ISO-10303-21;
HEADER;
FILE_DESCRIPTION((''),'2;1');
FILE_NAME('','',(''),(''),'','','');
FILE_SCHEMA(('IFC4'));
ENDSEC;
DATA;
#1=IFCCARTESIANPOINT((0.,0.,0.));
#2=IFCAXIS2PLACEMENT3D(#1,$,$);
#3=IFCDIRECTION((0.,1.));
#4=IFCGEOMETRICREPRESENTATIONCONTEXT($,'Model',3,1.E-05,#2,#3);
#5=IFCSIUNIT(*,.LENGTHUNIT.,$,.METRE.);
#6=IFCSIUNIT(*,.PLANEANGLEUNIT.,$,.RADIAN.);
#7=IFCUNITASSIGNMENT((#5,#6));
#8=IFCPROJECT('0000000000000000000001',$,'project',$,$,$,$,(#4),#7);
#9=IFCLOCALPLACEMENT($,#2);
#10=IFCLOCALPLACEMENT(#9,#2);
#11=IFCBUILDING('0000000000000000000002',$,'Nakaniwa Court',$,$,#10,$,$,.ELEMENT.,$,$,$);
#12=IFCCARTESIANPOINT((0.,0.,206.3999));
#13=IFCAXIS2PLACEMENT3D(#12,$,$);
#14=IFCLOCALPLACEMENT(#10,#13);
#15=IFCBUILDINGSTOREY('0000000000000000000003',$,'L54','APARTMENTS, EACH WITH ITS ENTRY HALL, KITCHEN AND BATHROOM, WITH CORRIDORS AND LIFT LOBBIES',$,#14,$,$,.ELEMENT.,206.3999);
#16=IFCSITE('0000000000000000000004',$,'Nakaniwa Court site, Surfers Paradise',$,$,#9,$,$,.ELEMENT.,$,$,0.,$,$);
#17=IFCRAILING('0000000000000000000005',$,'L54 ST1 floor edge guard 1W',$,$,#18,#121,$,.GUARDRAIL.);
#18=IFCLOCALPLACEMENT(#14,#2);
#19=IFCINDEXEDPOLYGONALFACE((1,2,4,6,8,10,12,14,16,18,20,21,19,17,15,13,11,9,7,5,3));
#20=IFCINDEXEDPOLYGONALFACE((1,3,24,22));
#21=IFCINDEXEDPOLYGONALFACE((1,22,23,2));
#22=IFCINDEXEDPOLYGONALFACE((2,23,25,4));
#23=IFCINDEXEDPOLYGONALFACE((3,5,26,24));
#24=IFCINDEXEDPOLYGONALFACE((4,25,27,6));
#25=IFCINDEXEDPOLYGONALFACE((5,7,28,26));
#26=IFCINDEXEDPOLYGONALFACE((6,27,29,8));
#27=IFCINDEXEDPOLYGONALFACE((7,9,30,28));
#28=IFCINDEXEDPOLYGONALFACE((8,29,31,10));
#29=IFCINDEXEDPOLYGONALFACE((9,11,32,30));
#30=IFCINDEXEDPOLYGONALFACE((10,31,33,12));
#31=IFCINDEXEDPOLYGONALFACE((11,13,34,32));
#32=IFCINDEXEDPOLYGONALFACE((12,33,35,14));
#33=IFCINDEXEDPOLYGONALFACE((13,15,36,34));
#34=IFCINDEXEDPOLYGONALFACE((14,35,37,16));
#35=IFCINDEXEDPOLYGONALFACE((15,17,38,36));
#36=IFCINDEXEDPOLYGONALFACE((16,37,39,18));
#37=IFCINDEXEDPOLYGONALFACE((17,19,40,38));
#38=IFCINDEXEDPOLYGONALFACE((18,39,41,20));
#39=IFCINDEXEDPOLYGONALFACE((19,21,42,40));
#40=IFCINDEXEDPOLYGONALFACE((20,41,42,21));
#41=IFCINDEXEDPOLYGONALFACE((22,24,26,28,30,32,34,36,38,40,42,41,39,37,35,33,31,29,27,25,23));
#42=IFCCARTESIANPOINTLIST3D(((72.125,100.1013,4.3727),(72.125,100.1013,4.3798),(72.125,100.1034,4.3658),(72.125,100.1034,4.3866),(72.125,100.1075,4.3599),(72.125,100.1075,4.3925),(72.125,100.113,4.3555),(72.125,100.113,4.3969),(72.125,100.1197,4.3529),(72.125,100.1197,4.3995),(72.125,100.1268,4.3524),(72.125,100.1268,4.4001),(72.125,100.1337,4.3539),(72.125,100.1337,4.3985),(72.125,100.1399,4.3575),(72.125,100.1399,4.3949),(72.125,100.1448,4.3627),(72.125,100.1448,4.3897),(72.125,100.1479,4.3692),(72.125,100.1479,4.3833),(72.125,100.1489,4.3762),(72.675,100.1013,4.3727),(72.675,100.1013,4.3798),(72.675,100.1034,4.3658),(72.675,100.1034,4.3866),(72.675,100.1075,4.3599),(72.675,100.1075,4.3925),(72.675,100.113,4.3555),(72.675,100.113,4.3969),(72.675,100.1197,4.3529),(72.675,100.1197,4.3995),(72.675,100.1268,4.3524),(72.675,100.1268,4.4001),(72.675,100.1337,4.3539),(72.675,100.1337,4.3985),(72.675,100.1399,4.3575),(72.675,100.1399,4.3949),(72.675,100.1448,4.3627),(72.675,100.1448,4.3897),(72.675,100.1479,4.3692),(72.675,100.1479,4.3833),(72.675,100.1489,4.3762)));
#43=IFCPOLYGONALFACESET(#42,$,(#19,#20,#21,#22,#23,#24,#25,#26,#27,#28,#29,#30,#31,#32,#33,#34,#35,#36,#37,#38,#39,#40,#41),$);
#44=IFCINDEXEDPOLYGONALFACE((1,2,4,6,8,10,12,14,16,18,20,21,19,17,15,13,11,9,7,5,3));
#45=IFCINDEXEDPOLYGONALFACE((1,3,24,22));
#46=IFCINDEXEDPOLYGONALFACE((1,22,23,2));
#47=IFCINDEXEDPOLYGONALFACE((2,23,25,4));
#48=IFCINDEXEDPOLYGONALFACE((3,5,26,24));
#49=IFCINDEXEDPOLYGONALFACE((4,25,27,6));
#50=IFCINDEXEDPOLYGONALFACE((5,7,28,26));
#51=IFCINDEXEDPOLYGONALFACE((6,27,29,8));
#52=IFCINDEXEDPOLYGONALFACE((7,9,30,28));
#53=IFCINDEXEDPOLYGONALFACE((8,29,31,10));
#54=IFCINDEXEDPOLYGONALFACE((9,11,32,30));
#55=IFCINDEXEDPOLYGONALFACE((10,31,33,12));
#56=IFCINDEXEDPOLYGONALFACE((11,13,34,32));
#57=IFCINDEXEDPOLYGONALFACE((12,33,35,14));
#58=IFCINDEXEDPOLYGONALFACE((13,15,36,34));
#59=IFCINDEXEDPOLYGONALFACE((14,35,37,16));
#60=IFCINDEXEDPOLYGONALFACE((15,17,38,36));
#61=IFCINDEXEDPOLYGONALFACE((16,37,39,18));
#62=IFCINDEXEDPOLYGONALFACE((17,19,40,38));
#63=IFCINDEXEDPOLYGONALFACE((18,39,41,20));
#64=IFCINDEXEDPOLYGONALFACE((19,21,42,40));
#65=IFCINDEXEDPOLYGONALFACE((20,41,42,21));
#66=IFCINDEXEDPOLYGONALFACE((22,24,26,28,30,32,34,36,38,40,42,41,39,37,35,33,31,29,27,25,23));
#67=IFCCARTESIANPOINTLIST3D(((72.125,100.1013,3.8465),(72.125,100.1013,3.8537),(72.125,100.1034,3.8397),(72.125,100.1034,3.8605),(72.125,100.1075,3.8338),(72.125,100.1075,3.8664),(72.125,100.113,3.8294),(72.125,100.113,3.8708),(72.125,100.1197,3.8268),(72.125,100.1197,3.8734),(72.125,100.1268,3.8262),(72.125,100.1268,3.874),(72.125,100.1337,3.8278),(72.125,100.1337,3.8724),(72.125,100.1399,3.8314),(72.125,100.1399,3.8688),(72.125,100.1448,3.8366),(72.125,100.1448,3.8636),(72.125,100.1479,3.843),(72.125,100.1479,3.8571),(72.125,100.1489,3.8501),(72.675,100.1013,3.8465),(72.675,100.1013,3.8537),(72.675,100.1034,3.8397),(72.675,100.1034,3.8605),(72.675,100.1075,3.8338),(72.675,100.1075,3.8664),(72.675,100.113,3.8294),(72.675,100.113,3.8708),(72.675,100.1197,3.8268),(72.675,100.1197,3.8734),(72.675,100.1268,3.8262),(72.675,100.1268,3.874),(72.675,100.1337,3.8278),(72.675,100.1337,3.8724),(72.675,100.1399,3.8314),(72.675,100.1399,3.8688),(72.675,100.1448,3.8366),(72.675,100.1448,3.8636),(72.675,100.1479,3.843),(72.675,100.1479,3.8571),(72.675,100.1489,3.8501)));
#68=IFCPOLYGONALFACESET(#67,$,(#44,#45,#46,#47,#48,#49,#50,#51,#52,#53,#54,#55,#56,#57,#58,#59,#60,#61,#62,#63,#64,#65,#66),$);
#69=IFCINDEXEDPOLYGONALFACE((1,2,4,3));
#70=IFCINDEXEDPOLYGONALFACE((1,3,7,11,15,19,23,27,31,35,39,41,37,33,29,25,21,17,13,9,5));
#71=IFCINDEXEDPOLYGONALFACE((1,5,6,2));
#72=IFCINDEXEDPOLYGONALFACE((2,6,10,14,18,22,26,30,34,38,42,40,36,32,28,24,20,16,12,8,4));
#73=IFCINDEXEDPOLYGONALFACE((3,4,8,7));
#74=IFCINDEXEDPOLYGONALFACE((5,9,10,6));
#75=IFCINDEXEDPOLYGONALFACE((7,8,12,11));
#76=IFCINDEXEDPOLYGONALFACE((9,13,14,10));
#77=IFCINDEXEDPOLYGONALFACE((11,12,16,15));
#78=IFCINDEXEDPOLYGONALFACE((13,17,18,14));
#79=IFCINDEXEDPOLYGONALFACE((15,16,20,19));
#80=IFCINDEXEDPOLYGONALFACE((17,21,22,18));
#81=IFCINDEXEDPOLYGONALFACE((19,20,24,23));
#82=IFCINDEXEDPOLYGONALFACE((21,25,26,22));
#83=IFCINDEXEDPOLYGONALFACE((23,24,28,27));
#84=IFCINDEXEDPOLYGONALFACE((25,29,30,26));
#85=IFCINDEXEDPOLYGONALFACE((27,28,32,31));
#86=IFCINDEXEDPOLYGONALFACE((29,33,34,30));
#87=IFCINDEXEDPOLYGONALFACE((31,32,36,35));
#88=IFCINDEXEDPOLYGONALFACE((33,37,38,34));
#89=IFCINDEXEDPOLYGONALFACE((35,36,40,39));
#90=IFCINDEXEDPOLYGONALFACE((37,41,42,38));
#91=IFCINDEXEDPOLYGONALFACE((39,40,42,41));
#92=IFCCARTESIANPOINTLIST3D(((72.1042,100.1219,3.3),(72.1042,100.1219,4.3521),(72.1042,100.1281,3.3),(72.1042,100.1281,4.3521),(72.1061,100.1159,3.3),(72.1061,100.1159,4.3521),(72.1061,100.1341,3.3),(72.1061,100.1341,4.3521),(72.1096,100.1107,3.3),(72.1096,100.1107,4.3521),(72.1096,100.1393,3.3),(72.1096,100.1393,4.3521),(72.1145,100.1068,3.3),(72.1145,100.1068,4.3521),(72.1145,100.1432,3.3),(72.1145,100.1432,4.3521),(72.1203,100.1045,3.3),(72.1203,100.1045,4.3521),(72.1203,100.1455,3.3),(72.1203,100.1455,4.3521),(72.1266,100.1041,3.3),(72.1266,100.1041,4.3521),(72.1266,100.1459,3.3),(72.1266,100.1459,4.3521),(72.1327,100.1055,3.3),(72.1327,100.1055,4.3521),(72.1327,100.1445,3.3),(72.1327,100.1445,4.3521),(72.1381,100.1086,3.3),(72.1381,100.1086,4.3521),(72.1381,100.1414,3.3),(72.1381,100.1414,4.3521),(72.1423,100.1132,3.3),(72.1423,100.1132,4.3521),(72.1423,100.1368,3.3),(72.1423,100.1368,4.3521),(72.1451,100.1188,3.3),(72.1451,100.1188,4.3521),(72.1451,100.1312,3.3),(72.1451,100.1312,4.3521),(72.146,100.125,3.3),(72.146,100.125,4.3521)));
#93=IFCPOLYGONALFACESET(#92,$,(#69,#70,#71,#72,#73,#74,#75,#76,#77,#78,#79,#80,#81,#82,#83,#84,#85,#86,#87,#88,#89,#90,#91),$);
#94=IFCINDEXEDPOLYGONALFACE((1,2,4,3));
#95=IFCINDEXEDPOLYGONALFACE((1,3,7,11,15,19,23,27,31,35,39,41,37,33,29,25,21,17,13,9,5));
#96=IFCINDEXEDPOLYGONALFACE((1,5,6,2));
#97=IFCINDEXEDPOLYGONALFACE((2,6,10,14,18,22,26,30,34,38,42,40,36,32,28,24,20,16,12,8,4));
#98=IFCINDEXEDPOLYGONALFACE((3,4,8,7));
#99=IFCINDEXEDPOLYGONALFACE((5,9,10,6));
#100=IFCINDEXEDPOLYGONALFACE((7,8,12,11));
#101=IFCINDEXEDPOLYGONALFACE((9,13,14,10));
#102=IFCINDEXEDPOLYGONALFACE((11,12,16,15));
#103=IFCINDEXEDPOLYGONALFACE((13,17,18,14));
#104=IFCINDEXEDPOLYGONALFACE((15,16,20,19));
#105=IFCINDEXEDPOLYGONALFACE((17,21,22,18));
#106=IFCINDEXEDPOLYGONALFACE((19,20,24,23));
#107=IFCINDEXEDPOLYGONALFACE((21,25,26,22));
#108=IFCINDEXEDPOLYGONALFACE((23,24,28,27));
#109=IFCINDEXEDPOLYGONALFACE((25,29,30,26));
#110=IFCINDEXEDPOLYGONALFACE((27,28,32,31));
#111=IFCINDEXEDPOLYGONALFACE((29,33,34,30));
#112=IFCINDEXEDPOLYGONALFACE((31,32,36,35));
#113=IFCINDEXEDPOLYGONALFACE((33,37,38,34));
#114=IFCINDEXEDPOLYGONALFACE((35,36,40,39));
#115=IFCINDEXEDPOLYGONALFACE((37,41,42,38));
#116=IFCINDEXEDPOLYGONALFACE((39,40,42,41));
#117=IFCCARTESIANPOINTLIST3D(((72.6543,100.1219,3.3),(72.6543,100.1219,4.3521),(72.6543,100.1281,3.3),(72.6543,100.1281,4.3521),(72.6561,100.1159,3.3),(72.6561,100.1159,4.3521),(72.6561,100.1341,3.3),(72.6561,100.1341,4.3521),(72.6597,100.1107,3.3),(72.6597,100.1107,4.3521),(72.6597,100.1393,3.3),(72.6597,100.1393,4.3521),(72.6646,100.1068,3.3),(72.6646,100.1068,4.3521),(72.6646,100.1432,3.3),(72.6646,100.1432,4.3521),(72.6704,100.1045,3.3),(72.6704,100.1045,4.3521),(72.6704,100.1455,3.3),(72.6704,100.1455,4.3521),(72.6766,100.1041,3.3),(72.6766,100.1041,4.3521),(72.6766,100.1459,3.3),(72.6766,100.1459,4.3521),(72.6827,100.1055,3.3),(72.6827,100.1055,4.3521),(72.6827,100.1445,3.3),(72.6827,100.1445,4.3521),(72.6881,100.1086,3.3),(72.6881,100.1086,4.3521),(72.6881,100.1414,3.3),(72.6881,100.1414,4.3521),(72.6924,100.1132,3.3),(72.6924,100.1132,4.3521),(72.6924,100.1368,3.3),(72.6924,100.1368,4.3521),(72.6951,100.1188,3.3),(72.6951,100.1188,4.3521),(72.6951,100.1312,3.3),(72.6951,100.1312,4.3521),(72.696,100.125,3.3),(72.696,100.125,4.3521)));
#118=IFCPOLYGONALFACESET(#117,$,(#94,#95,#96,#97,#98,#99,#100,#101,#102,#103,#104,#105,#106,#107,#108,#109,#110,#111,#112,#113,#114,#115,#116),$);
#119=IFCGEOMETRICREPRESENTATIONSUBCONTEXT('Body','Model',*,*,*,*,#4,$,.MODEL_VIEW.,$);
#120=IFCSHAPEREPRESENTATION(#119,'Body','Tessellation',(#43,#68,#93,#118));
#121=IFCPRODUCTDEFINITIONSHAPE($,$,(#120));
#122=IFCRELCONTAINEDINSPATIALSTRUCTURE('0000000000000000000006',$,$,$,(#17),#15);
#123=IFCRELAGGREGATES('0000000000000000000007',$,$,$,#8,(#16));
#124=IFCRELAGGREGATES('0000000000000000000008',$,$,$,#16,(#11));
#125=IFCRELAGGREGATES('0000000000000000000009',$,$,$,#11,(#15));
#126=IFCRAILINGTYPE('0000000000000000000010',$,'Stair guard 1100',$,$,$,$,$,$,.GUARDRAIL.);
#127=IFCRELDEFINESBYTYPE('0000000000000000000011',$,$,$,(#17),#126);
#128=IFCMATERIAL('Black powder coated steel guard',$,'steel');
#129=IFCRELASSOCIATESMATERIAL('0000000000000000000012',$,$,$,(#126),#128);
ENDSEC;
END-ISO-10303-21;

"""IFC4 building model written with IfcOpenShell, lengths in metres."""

from ifc_helpers import new_model, si_unit, direction, frame, origin, origin_2d, place, context, subcontext, project, spatial, circle, extrude, material, type_object, element, save


model = new_model("IFC4")

# Units and contexts
model_context = context("Model", 3, precision=1e-05, world=origin(), true_north=direction((0.0, 1.0)))
body_context = subcontext(model_context, "Body", "Model", "MODEL_VIEW")
ifc_project = project(units=[si_unit("LENGTHUNIT", "METRE"), si_unit("PLANEANGLEUNIT", "RADIAN")], contexts=[model_context])

# Site, building, storey
site_placement = place(None, origin())
site = spatial("IfcSite", under=ifc_project, at=site_placement, Name="Nakaniwa Court site, Surfers Paradise", CompositionType="ELEMENT", RefElevation=0.0)
building_placement = place(site_placement, origin())
building = spatial("IfcBuilding", under=site, at=building_placement, Name="Nakaniwa Court", CompositionType="ELEMENT")
storey_placement = place(building_placement, frame((0.0, 0.0, 206.3999)))
storey = spatial("IfcBuildingStorey", under=building, at=storey_placement, Name="L54", Description="APARTMENTS, EACH WITH ITS ENTRY HALL, KITCHEN AND BATHROOM, WITH CORRIDORS AND LIFT LOBBIES", CompositionType="ELEMENT", Elevation=206.3999)

# Railing
ifc_material_1 = material(Name="Black powder coated steel guard", Category="steel")
railing_type_1 = type_object("IfcRailingType", Name="Stair guard 1100", PredefinedType="GUARDRAIL", material=ifc_material_1)
for number, where, name in (
    (1, (72.125, 100.125, 3.3), "L54 ST1 floor edge guard 1W"),
):
    element("IfcRailing", number, at=place(storey_placement, frame(where)), inside=storey, type_object=railing_type_1, Name=name, PredefinedType="GUARDRAIL", context=body_context, shape_type="SweptSolid", body=[
        extrude(circle(Radius=0.0239, at=origin_2d()), frame((0.0, 0.0, 1.0762), z_axis=(1.0, 0.0, 0.0), x_axis=(0.0, 1.0, 0.0)), (0.0, 0.0, 1.0), 0.55),
        extrude(circle(Radius=0.0239, at=origin_2d()), frame((0.0, 0.0, 0.55), z_axis=(1.0, 0.0, 0.0), x_axis=(0.0, 1.0, 0.0)), (0.0, 0.0, 1.0), 0.55),
        extrude(circle(Radius=0.021, at=origin_2d()), origin(), (0.0, 0.0, 1.0), 1.052),
        extrude(circle(Radius=0.021, at=origin_2d()), frame((0.55, 0.0, 0.0)), (0.0, 0.0, 1.0), 1.052),
    ])

save(model, "model.ifc")
